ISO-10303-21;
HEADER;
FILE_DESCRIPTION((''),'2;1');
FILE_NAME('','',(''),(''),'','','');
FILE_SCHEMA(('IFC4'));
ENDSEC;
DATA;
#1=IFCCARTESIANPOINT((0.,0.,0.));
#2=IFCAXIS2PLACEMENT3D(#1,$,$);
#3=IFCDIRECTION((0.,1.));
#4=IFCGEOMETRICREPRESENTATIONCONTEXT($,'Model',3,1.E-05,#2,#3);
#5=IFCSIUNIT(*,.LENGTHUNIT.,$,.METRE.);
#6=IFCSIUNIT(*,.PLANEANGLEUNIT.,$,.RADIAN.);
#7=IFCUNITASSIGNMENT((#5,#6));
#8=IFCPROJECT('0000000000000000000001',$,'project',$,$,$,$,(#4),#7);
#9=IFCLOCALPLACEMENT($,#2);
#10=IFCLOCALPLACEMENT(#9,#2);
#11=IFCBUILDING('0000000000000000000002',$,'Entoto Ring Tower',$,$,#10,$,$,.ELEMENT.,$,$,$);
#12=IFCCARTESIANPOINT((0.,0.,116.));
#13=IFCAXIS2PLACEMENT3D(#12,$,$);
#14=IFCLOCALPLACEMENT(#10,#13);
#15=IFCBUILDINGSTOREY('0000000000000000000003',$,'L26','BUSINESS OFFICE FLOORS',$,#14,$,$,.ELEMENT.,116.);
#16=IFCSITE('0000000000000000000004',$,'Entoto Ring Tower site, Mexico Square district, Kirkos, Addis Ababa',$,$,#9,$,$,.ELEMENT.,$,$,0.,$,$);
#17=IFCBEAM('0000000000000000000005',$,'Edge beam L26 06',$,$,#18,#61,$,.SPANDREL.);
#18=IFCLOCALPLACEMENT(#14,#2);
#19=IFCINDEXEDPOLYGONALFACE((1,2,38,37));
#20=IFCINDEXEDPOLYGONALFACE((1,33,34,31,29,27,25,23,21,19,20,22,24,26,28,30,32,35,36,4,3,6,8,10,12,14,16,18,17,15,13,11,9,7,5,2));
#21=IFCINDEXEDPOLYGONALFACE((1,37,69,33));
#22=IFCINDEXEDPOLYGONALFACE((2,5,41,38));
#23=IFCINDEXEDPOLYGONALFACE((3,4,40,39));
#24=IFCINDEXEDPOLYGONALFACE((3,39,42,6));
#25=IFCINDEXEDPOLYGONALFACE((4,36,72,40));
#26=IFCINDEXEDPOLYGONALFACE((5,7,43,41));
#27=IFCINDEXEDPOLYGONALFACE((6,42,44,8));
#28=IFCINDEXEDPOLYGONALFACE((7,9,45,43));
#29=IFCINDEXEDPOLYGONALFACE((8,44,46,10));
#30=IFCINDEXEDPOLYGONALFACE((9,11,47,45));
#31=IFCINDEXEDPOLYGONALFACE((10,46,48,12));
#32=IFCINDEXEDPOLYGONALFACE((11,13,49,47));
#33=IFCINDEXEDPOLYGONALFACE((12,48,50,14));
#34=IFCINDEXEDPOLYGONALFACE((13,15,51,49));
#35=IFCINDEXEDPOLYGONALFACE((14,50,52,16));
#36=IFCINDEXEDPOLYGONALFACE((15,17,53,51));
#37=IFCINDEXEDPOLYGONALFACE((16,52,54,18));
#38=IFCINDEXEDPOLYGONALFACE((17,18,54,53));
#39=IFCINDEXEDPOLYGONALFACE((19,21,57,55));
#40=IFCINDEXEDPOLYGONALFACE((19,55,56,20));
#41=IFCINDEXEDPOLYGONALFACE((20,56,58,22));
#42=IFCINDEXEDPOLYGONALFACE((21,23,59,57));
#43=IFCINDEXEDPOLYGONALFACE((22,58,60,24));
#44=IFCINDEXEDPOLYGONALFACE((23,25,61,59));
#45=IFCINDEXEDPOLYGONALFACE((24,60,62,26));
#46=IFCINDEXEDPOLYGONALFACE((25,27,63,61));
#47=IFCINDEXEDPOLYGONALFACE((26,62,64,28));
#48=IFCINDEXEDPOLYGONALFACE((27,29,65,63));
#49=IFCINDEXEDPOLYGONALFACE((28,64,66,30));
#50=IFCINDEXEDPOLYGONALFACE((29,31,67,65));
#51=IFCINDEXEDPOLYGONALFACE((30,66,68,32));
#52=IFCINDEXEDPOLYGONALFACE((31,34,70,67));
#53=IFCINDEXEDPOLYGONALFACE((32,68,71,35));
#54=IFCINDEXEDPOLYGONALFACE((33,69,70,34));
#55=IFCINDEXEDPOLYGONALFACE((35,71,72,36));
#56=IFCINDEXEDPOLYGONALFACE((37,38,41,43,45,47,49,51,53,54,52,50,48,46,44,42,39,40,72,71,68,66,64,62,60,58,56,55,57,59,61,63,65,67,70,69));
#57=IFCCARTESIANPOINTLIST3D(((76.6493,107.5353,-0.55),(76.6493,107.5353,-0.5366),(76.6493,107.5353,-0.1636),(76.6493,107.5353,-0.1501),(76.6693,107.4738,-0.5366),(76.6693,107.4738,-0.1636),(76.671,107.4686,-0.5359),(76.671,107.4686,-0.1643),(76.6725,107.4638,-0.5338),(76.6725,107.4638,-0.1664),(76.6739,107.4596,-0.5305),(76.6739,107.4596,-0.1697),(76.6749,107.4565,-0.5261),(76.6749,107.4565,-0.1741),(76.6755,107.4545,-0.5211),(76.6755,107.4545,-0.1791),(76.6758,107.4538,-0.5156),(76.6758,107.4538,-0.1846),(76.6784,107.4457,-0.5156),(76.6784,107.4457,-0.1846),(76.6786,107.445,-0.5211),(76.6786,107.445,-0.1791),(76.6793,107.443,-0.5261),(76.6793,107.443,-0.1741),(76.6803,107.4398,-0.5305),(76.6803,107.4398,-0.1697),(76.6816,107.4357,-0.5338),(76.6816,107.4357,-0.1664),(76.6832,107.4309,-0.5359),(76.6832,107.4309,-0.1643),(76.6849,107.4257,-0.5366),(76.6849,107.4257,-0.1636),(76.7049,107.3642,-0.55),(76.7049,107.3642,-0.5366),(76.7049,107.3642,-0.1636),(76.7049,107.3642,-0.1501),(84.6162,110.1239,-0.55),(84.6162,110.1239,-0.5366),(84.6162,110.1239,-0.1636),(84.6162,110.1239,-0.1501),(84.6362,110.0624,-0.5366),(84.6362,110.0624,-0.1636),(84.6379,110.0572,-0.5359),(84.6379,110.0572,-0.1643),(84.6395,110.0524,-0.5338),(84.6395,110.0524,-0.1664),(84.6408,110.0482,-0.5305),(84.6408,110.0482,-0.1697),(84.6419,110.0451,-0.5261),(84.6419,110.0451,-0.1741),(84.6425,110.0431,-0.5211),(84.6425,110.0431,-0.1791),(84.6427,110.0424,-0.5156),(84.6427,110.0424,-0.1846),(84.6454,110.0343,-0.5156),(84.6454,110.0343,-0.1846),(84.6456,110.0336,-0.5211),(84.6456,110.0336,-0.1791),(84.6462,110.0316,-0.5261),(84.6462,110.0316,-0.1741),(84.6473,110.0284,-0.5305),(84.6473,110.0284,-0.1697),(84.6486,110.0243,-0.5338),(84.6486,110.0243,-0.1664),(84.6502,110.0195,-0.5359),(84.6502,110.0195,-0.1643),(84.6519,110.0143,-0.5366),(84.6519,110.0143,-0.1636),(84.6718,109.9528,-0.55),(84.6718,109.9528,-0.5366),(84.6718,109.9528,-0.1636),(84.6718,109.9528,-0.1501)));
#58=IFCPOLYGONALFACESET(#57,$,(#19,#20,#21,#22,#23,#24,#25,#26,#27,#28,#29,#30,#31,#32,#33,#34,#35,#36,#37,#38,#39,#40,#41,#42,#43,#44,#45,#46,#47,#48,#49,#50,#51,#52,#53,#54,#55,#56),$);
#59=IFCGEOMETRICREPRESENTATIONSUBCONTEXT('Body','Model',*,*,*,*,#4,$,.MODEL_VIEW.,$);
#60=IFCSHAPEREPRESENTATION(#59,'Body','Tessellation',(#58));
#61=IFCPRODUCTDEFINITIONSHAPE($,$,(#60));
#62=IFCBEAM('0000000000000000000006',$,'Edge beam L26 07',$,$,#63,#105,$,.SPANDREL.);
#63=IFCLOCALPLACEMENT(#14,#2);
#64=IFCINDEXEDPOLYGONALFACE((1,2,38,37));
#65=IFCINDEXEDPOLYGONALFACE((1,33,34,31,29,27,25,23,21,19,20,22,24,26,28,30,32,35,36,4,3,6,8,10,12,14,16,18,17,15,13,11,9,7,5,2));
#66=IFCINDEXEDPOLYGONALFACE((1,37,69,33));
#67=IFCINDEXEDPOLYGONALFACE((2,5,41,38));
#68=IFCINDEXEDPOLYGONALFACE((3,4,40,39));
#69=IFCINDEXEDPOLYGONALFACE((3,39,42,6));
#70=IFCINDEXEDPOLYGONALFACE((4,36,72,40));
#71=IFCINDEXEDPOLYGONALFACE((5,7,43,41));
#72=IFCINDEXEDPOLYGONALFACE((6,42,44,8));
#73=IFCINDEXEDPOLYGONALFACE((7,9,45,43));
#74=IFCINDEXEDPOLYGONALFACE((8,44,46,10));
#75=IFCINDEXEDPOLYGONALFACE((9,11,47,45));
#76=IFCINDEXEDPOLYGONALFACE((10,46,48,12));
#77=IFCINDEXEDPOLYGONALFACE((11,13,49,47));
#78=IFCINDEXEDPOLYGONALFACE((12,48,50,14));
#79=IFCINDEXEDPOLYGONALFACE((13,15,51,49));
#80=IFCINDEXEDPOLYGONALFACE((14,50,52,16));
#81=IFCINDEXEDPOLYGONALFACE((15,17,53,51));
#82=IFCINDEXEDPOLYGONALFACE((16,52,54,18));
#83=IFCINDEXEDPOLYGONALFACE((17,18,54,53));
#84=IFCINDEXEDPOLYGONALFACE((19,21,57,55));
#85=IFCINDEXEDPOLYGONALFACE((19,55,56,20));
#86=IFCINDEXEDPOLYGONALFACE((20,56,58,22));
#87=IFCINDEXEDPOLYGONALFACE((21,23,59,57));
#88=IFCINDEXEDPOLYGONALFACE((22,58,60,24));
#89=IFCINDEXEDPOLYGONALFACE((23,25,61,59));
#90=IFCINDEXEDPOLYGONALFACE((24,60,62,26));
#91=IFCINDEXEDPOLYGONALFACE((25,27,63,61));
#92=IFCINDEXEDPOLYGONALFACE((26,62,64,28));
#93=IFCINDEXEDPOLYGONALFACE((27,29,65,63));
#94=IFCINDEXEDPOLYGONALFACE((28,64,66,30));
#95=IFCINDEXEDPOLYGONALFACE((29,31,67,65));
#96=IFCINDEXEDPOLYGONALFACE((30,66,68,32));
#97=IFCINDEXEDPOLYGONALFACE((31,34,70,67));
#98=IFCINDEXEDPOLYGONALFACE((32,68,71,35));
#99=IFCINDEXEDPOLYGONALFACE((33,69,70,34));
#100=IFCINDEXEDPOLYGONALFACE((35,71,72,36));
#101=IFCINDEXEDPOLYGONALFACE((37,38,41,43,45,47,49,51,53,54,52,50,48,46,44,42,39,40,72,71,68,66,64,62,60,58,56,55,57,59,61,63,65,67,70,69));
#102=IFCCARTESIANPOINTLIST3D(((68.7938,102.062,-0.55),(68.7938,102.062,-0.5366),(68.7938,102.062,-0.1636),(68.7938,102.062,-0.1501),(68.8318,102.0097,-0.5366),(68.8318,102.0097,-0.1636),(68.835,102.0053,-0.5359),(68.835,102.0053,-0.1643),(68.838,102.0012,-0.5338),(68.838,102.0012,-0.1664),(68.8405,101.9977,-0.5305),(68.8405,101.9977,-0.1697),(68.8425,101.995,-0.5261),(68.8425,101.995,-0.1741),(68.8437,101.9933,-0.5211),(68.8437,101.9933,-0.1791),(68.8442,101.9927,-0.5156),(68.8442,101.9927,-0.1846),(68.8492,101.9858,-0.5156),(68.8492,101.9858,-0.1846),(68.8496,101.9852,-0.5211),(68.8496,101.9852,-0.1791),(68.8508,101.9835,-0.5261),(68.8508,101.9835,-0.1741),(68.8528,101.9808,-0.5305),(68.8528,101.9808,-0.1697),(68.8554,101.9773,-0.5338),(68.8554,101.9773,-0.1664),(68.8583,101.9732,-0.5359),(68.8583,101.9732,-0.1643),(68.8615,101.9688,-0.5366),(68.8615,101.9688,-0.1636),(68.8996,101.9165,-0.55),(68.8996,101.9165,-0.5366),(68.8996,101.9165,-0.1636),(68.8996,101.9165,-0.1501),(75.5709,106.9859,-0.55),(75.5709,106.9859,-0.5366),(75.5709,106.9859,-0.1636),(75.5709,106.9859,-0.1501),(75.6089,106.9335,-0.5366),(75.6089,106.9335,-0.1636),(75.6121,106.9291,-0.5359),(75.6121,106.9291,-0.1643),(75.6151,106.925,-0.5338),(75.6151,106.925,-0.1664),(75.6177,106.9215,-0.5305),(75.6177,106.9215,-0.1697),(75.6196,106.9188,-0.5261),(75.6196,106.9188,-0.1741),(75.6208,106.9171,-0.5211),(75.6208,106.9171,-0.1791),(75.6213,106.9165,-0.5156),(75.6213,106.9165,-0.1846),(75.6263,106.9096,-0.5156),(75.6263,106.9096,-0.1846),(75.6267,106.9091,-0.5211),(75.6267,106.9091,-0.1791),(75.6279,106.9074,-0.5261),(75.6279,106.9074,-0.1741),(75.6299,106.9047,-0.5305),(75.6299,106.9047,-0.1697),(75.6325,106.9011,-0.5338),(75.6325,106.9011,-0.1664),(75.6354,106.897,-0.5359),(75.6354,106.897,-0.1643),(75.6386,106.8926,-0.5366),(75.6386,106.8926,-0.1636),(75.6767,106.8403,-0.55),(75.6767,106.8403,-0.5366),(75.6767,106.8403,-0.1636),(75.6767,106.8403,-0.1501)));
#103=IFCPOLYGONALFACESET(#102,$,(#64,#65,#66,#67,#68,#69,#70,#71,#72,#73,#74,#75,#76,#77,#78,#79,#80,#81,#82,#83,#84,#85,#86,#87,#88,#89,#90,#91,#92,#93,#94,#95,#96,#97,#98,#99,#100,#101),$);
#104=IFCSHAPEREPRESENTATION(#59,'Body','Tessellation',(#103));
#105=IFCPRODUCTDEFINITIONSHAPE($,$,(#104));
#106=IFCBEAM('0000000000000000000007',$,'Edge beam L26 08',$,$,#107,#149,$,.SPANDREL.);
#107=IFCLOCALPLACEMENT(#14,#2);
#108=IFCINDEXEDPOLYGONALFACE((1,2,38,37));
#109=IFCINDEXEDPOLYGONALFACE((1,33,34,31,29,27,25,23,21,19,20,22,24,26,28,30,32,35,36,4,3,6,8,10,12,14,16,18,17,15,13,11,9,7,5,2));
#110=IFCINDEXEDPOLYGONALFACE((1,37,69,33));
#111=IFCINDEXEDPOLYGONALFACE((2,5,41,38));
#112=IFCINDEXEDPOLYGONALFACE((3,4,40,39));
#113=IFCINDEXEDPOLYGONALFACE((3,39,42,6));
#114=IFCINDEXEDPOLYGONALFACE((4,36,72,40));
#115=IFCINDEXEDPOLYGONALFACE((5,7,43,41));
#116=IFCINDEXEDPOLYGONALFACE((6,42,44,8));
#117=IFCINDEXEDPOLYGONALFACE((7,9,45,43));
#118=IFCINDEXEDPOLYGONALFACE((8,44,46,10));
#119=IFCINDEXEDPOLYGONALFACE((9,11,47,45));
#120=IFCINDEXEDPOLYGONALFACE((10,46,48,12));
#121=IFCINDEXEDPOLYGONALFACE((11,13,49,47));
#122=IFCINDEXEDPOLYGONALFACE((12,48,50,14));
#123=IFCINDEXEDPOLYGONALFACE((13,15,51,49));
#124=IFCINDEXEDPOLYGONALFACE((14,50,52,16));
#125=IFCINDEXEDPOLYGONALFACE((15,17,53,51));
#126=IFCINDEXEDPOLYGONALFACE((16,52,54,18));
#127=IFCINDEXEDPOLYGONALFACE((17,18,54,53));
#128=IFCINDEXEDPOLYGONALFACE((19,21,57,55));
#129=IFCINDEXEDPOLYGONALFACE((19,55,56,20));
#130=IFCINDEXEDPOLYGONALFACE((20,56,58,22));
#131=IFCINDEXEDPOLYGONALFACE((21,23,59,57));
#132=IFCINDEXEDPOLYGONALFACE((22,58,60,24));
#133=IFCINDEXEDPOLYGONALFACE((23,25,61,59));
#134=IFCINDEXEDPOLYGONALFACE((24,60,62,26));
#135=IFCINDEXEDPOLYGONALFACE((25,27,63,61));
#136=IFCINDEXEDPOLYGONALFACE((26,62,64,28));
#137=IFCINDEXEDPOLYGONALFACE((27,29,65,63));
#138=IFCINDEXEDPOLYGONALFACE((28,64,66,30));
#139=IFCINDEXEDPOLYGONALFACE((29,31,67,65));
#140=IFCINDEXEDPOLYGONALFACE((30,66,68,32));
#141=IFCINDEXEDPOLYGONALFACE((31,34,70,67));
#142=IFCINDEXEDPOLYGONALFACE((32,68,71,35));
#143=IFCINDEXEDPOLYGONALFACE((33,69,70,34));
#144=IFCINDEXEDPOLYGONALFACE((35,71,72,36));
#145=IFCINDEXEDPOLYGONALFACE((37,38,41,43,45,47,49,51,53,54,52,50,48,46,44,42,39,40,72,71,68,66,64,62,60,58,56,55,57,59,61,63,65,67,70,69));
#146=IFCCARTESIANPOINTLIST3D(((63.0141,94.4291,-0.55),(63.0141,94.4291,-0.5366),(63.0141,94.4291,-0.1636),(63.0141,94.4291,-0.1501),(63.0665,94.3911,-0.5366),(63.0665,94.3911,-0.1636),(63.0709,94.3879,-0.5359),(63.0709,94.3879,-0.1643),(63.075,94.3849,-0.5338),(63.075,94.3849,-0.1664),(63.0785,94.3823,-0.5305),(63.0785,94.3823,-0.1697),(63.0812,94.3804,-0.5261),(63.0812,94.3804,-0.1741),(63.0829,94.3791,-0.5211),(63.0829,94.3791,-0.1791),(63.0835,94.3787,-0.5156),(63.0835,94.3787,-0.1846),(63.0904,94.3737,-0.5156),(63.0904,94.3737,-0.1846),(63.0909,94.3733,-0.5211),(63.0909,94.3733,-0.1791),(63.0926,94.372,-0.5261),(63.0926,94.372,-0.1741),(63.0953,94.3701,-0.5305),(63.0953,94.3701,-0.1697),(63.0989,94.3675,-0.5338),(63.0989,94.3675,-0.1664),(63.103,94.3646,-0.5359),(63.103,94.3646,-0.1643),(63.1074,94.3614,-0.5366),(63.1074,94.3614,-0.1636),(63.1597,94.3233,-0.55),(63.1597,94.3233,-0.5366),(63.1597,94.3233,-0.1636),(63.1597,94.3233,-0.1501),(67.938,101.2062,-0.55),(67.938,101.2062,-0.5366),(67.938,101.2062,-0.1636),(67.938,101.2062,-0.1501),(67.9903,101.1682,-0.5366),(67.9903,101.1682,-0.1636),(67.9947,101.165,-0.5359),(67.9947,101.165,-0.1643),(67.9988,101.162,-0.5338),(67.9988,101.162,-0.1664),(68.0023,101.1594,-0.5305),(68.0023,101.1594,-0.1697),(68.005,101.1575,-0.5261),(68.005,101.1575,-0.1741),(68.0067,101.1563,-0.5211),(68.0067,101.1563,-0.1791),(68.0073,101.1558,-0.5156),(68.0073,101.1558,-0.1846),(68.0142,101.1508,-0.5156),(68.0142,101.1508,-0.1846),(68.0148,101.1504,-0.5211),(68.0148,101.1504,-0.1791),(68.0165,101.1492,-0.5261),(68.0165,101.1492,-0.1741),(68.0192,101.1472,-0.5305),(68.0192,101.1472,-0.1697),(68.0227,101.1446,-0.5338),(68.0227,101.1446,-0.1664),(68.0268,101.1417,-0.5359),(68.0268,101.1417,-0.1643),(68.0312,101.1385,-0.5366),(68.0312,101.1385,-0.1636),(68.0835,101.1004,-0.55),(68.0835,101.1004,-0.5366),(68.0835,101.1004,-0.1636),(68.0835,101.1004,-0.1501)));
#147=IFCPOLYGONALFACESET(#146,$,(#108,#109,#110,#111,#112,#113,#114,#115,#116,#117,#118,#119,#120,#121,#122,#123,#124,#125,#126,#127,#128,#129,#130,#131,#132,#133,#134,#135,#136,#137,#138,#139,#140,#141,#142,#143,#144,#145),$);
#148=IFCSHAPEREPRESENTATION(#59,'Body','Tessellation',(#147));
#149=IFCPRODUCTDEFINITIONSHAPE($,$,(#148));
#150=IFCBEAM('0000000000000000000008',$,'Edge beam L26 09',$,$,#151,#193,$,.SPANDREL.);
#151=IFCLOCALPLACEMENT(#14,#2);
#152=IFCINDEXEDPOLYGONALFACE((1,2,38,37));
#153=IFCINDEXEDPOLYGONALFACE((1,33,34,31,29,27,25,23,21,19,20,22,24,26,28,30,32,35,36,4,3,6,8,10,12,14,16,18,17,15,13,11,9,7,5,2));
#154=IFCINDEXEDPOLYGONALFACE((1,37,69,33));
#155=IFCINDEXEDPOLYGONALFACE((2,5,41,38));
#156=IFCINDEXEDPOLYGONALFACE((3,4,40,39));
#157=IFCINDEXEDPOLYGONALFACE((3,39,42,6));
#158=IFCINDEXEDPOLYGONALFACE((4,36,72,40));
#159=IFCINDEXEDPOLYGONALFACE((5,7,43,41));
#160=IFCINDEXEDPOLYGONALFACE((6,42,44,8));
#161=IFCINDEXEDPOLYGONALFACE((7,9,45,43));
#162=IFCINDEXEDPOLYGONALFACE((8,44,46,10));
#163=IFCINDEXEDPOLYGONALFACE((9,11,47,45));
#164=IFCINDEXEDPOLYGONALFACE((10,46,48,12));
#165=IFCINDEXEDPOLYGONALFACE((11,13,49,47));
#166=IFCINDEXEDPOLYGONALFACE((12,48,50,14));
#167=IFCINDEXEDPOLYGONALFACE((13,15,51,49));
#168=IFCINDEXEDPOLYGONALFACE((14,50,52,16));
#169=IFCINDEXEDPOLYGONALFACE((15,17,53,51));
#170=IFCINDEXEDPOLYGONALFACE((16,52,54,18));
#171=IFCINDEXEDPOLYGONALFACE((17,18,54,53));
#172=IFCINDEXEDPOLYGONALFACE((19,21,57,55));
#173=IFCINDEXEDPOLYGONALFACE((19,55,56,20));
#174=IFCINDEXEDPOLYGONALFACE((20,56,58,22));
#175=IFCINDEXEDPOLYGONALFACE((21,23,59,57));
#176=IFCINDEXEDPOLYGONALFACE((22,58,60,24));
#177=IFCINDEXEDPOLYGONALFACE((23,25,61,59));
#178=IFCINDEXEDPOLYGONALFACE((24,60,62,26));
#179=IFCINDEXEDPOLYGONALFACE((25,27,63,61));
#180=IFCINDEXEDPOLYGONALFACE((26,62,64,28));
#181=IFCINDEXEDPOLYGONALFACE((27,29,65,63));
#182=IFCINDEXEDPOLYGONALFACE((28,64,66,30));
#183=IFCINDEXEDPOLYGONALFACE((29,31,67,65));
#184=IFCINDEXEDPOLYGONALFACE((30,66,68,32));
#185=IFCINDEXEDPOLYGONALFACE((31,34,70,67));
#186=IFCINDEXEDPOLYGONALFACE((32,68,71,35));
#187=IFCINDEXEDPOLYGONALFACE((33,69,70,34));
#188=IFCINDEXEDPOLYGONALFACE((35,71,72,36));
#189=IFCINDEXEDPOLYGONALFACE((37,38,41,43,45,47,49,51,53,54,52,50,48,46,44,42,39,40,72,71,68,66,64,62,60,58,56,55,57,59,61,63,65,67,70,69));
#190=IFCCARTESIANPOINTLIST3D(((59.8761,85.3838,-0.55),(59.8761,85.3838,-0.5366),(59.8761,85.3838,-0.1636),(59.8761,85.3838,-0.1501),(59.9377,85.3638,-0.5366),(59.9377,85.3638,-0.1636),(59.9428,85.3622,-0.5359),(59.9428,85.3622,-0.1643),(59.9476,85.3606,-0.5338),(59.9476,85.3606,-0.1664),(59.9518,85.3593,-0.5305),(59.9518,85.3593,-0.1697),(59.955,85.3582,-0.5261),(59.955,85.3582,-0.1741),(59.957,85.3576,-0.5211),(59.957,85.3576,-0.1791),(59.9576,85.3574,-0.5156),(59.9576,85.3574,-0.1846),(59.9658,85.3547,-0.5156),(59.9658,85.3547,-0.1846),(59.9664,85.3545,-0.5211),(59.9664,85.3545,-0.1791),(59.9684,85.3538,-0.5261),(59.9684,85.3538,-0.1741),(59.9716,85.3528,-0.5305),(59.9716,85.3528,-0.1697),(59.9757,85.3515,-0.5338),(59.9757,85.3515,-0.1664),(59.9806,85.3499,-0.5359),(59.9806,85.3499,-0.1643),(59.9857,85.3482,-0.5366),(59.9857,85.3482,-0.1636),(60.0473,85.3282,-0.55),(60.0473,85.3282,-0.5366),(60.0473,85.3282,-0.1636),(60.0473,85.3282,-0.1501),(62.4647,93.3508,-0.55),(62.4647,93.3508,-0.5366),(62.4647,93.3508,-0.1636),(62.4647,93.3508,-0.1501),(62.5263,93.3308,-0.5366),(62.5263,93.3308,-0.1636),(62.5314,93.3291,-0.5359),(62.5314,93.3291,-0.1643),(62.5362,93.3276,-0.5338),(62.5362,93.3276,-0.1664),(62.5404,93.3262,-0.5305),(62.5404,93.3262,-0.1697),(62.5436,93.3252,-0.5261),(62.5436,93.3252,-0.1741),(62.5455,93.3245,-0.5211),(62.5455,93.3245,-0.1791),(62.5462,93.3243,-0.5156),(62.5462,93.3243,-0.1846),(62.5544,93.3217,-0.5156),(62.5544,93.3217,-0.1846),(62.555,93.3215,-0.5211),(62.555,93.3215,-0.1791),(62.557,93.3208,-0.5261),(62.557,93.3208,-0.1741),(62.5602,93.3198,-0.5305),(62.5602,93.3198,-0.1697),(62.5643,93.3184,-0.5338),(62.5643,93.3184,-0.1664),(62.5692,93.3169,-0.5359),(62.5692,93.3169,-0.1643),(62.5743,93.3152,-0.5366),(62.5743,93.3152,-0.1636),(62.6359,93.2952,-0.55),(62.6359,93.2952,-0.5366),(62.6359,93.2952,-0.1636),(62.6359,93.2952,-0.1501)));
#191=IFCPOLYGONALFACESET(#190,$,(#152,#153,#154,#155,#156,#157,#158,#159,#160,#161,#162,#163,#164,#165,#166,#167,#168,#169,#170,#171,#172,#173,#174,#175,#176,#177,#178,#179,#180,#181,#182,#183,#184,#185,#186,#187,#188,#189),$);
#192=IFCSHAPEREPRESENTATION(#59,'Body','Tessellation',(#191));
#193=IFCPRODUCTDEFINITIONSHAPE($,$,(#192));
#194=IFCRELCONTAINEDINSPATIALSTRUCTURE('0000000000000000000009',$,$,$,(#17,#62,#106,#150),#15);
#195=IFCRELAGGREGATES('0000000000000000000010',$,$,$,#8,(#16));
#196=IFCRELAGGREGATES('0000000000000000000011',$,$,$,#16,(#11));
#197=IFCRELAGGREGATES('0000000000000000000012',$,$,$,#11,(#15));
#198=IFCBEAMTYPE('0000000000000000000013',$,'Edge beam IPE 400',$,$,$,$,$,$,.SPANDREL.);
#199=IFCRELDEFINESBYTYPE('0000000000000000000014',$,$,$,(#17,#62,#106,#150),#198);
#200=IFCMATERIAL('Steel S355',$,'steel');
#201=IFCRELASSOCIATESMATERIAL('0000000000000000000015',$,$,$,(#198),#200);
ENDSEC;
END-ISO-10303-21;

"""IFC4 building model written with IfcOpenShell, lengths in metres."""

from ifc_helpers import new_model, si_unit, direction, frame, origin, origin_2d, place, context, subcontext, project, spatial, i_section, extrude, material, material_profile, profile_set, type_object, element, save


model = new_model("IFC4")

# Units and contexts
model_context = context("Model", 3, precision=1e-05, world=origin(), true_north=direction((0.0, 1.0)))
body_context = subcontext(model_context, "Body", "Model", "MODEL_VIEW")
ifc_project = project(units=[si_unit("LENGTHUNIT", "METRE"), si_unit("PLANEANGLEUNIT", "RADIAN")], contexts=[model_context])

# Site, building, storey
site_placement = place(None, origin())
site = spatial("IfcSite", under=ifc_project, at=site_placement, Name="Entoto Ring Tower site, Mexico Square district, Kirkos, Addis Ababa", CompositionType="ELEMENT", RefElevation=0.0)
building_placement = place(site_placement, origin())
building = spatial("IfcBuilding", under=site, at=building_placement, Name="Entoto Ring Tower", CompositionType="ELEMENT")
storey_placement = place(building_placement, frame((0.0, 0.0, 116.0)))
storey = spatial("IfcBuildingStorey", under=building, at=storey_placement, Name="L26", Description="BUSINESS OFFICE FLOORS", CompositionType="ELEMENT", Elevation=116.0)

# Beams
ifc_material_1 = material(Name="Steel S355", Category="steel")
ifc_material_profile_1 = material_profile(ifc_material_1, i_section(OverallWidth=0.1799, OverallDepth=0.3999, WebThickness=0.0085, FlangeThickness=0.0134, FilletRadius=0.021, at=origin_2d()), Name="IPE 400")
ifc_profile_set_1 = profile_set([ifc_material_profile_1], Name="Steel S355")
beam_type_1 = type_object("IfcBeamType", Name="Edge beam IPE 400", PredefinedType="SPANDREL", material=ifc_profile_set_1)
for number, where, z_axis, x_axis, name in (
    (1, (84.644, 110.0383, -0.3501), (-0.951057, -0.309014, 0.0), (0.309014, -0.951057, 0.0), "Edge beam L26 06"),
    (2, (75.6238, 106.9131, -0.3501), (-0.809018, -0.587783, 0.0), (0.587783, -0.809018, 0.0), "Edge beam L26 07"),
    (3, (68.0107, 101.1533, -0.3501), (-0.587783, -0.809018, 0.0), (0.809018, -0.587783, 0.0), "Edge beam L26 08"),
    (4, (62.5503, 93.323, -0.3501), (-0.309014, -0.951057, 0.0), (0.951057, -0.309014, 0.0), "Edge beam L26 09"),
):
    element("IfcBeam", number, at=place(storey_placement, frame(where, z_axis=z_axis, x_axis=x_axis)), inside=storey, type_object=beam_type_1, Name=name, PredefinedType="SPANDREL", context=body_context, shape_type="SweptSolid", body=[
        extrude(i_section(OverallWidth=0.1799, OverallDepth=0.3999, WebThickness=0.0085, FlangeThickness=0.0134, FilletRadius=0.021, at=origin_2d()), origin(), (0.0, 0.0, 1.0), 8.377),
    ])

save(model, "model.ifc")
